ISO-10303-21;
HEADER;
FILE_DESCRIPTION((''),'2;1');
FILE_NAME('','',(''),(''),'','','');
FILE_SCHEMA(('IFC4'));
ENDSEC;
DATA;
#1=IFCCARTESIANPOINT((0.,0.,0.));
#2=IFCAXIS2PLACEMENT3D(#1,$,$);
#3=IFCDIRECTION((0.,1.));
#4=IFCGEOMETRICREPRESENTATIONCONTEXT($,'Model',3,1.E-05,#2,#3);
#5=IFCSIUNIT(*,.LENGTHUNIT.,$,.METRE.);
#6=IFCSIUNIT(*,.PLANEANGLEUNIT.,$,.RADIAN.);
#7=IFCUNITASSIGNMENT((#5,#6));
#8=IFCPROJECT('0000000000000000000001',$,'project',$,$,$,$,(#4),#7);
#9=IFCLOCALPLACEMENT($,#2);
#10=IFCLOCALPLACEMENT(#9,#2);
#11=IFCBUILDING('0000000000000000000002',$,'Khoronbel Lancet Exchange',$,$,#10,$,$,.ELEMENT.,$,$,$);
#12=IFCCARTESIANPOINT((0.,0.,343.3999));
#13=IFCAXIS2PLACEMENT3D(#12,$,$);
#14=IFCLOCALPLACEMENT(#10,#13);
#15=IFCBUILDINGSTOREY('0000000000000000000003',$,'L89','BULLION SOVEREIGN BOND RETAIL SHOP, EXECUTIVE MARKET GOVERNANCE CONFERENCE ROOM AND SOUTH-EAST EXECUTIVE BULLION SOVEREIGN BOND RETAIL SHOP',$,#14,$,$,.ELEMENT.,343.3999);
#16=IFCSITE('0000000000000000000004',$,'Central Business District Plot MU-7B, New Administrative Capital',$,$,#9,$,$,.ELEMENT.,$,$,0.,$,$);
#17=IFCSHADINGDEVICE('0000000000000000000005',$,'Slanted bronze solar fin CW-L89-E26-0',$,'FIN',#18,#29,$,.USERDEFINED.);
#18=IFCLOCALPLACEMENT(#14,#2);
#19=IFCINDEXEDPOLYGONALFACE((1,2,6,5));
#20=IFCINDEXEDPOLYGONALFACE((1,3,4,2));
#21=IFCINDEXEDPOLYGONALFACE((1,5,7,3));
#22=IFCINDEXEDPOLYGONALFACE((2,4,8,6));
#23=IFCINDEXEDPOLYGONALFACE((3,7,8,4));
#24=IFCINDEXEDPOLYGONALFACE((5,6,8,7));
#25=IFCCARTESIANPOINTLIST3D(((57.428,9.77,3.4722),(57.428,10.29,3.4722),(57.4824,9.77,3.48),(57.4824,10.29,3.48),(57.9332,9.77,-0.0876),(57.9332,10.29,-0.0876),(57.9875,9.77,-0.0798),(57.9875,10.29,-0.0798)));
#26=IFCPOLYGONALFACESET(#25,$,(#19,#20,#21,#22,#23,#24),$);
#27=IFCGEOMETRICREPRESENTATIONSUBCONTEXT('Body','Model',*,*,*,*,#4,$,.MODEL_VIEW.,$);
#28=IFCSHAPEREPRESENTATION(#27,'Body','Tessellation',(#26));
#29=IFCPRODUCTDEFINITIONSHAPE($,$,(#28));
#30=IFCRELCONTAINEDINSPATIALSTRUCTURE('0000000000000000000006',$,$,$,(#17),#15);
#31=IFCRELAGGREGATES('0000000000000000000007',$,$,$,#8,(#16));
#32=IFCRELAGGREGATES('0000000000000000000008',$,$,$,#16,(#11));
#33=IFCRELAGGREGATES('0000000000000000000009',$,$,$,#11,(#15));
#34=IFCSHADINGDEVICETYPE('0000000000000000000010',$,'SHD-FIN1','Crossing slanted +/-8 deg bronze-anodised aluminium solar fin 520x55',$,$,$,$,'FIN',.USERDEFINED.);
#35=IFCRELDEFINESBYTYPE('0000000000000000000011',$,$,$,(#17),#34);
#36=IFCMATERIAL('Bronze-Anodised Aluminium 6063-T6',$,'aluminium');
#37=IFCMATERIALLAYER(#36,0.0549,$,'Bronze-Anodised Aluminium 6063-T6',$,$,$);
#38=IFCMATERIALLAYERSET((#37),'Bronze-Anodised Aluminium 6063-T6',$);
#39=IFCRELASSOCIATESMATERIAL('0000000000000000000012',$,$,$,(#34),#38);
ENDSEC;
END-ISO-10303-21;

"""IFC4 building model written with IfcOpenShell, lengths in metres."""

from ifc_helpers import new_model, si_unit, direction, frame, origin, place, context, subcontext, project, spatial, polyline, outline, extrude, material, layer, layer_set, type_object, element, save


model = new_model("IFC4")

# Units and contexts
model_context = context("Model", 3, precision=1e-05, world=origin(), true_north=direction((0.0, 1.0)))
body_context = subcontext(model_context, "Body", "Model", "MODEL_VIEW")
ifc_project = project(units=[si_unit("LENGTHUNIT", "METRE"), si_unit("PLANEANGLEUNIT", "RADIAN")], contexts=[model_context])

# Site, building, storey
site_placement = place(None, origin())
site = spatial("IfcSite", under=ifc_project, at=site_placement, Name="Central Business District Plot MU-7B, New Administrative Capital", CompositionType="ELEMENT", RefElevation=0.0)
building_placement = place(site_placement, origin())
building = spatial("IfcBuilding", under=site, at=building_placement, Name="Khoronbel Lancet Exchange", CompositionType="ELEMENT")
storey_placement = place(building_placement, frame((0.0, 0.0, 343.3999)))
storey = spatial("IfcBuildingStorey", under=building, at=storey_placement, Name="L89", Description="BULLION SOVEREIGN BOND RETAIL SHOP, EXECUTIVE MARKET GOVERNANCE CONFERENCE ROOM AND SOUTH-EAST EXECUTIVE BULLION SOVEREIGN BOND RETAIL SHOP", CompositionType="ELEMENT", Elevation=343.3999)

# Shared definitions
ifc_material_1 = material(Name="Bronze-Anodised Aluminium 6063-T6", Category="aluminium")

# Shading device
ifc_layer_1 = layer(ifc_material_1, 0.0549, Name="Bronze-Anodised Aluminium 6063-T6")
ifc_layer_set_1 = layer_set([ifc_layer_1], Name="Bronze-Anodised Aluminium 6063-T6")
shading_device_type = type_object("IfcShadingDeviceType", Name="SHD-FIN1", Description="Crossing slanted +/-8 deg bronze-anodised aluminium solar fin 520x55", ElementType="FIN", PredefinedType="USERDEFINED", material=ifc_layer_set_1)
shading_device_placement = place(storey_placement, frame((57.9875, 9.77, -0.0798), z_axis=(0.990082, 0.0, 0.14049), x_axis=(0.0, 1.0, 0.0)))
element("IfcShadingDevice", 1, at=shading_device_placement, inside=storey, type_object=shading_device_type, Name="Slanted bronze solar fin CW-L89-E26-0", ObjectType="FIN", PredefinedType="USERDEFINED", context=body_context, shape_type="SweptSolid", body=[
    extrude(outline(polyline([(0.0, 0.0), (0.52, 0.0), (0.52, 3.5955), (0.0, 3.5955), (0.0, 0.0)])), origin(), (0.0, 0.0, -1.0), 0.0549),
])

save(model, "model.ifc")
